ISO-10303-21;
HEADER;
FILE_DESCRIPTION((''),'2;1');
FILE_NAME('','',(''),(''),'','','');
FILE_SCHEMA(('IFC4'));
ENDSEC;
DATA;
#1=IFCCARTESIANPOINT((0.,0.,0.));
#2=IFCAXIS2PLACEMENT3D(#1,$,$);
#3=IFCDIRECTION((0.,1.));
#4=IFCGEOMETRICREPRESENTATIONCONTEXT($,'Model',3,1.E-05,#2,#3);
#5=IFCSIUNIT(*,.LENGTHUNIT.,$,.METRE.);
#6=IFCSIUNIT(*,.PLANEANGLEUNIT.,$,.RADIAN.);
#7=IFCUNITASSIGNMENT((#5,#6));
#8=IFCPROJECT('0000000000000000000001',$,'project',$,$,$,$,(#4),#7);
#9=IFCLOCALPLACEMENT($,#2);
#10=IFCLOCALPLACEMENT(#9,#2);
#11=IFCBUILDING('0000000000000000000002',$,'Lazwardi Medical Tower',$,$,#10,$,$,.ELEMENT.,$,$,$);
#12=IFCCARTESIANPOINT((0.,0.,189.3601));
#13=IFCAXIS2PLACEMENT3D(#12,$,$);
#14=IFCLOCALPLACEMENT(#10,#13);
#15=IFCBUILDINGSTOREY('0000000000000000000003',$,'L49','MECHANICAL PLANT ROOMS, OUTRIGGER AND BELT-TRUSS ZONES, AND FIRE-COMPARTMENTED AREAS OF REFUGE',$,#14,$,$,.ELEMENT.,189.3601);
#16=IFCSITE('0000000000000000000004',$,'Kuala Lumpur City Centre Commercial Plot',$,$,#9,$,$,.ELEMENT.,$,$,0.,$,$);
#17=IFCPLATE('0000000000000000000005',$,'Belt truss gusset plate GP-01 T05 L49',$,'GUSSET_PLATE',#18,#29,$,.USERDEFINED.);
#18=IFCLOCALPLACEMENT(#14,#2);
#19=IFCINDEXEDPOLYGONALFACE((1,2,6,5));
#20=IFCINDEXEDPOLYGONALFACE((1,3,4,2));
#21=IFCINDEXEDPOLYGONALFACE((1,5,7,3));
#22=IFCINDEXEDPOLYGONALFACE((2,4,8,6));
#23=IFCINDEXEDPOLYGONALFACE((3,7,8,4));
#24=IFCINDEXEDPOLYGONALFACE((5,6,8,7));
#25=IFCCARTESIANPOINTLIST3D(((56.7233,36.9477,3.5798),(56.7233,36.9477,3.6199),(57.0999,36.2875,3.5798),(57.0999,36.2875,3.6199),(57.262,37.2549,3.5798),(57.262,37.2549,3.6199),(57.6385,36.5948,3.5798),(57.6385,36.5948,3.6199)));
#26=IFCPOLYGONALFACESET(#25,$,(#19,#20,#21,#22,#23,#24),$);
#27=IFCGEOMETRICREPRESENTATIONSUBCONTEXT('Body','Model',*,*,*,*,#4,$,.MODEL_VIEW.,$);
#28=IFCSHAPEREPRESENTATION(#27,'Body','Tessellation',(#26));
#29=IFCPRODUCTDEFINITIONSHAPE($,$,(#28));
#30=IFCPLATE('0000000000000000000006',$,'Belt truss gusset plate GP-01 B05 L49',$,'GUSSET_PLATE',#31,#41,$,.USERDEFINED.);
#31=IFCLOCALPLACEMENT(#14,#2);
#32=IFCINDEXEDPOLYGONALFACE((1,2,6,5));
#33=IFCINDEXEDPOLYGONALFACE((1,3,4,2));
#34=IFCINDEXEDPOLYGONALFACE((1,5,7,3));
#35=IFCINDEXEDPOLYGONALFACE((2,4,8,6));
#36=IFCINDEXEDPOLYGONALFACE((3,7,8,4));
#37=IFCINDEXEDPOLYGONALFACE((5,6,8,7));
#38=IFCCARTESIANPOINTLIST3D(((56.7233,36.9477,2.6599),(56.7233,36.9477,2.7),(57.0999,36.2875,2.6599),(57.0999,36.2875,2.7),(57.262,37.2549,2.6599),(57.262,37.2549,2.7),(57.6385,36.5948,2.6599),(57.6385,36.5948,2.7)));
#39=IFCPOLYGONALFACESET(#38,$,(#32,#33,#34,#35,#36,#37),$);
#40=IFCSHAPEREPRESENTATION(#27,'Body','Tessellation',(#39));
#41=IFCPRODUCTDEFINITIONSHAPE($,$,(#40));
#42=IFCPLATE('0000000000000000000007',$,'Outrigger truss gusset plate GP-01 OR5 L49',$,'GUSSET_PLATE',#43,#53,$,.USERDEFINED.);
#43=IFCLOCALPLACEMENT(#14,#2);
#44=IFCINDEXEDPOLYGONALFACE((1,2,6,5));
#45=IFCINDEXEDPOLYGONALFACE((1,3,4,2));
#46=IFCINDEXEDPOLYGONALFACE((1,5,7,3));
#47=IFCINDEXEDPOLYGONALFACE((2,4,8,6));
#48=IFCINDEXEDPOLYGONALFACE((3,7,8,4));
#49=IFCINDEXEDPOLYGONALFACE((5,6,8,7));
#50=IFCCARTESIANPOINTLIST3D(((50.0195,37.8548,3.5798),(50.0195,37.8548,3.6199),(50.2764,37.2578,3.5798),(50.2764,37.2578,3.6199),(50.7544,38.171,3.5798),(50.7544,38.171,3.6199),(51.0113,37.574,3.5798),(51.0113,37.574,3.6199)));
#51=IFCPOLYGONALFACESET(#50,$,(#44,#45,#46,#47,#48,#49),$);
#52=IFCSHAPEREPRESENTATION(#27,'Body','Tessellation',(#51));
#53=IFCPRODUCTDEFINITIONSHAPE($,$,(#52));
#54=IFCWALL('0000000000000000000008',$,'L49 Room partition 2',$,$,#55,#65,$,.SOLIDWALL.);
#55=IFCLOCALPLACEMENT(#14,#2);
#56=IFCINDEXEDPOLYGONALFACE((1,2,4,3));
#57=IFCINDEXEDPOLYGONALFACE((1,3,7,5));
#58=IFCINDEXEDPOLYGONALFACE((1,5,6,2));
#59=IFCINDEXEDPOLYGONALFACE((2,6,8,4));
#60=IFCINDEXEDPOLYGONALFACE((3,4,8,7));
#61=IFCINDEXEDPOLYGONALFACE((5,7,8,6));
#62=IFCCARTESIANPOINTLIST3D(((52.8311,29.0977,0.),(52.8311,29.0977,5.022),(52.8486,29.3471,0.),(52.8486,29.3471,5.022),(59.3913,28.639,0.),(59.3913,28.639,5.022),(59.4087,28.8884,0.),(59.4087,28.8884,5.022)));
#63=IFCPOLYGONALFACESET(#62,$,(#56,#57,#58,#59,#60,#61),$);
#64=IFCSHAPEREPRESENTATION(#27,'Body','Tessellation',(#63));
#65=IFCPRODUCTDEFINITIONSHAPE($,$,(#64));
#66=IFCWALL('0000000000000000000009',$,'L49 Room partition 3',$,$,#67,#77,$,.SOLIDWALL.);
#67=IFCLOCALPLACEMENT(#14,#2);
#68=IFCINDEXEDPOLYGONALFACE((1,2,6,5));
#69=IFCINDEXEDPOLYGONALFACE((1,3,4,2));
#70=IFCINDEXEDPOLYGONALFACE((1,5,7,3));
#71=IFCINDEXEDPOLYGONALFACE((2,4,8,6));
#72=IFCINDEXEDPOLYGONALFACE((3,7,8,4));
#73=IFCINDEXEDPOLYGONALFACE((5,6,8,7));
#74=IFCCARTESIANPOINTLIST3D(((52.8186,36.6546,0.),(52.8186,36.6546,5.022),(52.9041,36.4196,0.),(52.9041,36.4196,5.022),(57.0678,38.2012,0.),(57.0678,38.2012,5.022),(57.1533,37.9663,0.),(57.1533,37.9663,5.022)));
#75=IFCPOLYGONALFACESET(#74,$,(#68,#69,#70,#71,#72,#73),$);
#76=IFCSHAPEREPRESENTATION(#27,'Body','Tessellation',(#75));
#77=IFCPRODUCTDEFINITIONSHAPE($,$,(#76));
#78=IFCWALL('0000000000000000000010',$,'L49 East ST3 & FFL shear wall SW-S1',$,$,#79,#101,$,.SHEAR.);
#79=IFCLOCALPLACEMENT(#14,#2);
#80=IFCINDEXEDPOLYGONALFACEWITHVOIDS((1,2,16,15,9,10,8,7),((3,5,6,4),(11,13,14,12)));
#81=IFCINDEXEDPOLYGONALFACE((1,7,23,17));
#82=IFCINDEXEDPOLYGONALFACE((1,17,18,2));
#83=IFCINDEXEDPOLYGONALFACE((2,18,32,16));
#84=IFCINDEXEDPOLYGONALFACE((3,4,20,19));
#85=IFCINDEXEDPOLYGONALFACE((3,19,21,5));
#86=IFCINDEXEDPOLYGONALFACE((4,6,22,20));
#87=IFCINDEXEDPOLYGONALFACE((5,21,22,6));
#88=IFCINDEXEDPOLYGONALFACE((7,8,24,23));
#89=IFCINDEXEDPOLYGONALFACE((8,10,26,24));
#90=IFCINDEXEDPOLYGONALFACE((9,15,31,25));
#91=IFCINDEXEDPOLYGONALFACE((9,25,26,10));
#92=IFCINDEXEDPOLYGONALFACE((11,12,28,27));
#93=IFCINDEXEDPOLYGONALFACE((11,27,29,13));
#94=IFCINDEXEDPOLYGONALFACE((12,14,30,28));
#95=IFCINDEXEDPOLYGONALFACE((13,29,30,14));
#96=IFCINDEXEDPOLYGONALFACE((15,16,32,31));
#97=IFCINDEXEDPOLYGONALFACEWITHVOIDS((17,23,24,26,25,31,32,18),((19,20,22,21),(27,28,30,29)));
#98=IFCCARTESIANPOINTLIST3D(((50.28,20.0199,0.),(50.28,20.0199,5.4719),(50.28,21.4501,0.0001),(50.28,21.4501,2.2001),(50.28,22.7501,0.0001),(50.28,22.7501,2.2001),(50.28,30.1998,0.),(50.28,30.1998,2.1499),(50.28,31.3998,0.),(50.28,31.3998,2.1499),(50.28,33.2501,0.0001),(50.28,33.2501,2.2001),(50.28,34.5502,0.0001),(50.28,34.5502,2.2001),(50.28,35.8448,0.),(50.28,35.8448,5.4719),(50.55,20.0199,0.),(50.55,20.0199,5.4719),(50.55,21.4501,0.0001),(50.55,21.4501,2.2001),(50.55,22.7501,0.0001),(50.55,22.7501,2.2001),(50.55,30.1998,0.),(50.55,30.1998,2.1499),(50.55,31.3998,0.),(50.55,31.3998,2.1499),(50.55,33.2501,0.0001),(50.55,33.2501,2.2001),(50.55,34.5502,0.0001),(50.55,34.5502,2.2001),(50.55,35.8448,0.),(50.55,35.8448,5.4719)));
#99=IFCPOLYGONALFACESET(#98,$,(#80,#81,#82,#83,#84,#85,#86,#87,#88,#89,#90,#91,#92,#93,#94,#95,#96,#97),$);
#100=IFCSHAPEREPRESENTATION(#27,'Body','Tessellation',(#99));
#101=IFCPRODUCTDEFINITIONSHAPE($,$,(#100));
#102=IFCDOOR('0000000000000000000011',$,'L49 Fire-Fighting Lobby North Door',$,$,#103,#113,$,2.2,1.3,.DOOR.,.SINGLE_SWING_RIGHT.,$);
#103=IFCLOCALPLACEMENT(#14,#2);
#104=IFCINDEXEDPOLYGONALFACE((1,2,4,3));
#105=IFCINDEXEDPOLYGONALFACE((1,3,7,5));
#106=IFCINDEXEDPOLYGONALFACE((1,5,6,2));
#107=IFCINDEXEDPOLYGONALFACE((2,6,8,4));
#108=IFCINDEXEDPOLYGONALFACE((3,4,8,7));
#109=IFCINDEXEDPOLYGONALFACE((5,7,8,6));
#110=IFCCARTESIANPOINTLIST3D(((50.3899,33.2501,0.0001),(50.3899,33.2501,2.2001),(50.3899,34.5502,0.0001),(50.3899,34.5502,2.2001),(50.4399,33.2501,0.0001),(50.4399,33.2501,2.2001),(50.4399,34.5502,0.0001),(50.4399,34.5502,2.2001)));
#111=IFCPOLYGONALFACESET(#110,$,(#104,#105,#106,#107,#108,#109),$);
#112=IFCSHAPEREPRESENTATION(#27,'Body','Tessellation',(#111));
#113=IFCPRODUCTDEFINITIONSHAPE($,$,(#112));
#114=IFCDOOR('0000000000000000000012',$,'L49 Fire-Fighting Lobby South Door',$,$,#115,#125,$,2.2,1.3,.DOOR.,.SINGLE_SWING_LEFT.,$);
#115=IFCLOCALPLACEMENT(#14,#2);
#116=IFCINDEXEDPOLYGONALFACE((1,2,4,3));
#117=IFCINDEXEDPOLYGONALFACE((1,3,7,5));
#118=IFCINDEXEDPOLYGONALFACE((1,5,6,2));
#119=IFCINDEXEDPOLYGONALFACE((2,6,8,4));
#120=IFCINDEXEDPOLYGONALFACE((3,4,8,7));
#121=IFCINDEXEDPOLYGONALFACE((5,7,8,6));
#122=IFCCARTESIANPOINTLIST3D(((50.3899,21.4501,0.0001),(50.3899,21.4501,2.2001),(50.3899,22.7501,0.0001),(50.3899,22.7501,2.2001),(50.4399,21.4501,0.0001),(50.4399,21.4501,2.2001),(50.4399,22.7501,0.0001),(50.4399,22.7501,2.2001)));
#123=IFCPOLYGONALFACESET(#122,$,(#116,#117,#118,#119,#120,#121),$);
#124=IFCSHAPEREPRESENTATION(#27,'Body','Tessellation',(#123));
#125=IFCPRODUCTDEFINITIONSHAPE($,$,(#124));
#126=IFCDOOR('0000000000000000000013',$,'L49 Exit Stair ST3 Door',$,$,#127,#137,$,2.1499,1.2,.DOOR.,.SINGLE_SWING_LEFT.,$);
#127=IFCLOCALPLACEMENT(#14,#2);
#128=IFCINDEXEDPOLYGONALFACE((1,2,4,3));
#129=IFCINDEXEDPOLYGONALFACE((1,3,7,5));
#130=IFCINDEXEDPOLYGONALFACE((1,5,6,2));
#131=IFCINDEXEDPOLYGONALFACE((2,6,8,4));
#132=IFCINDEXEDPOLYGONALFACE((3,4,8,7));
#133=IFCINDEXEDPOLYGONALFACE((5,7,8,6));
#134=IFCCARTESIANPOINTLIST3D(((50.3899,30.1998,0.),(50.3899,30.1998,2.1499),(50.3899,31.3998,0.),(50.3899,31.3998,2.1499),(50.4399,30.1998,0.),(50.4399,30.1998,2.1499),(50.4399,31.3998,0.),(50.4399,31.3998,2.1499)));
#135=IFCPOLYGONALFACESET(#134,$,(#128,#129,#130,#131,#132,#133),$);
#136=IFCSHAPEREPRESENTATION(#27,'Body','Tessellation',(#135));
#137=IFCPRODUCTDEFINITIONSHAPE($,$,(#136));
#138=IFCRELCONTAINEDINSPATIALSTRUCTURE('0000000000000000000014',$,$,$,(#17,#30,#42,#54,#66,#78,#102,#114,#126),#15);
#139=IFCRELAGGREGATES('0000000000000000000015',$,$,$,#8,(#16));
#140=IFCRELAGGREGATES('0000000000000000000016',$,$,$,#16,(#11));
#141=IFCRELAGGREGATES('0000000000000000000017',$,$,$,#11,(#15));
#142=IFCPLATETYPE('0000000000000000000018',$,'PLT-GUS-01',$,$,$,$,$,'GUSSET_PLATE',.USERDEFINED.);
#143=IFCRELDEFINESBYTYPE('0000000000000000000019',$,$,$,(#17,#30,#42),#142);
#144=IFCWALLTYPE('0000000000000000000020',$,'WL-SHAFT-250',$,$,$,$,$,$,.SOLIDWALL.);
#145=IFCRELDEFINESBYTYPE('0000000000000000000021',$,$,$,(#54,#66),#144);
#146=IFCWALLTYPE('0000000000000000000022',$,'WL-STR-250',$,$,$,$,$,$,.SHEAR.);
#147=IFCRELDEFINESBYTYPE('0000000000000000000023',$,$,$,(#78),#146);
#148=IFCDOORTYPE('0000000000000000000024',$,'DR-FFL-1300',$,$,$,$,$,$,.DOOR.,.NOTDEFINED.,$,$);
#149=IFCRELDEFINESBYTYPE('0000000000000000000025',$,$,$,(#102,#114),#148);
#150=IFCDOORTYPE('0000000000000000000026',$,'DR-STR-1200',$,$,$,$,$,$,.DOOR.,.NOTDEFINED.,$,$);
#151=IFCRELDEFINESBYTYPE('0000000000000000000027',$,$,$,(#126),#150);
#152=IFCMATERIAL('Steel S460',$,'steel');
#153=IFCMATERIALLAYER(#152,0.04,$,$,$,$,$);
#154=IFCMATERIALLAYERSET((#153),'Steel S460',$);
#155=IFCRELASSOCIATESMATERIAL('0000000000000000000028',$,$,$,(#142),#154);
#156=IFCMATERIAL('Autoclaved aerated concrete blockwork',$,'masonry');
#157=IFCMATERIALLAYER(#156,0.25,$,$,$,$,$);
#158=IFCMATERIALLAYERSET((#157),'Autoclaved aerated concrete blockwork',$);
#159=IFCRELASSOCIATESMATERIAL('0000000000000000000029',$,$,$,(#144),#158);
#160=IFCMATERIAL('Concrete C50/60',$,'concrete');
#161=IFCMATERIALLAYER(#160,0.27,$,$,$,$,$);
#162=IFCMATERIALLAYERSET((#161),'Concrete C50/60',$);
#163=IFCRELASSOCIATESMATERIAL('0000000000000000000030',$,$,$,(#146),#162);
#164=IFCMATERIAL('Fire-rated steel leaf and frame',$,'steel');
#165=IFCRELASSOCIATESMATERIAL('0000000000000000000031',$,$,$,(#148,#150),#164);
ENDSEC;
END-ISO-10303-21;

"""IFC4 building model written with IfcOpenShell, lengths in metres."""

from ifc_helpers import new_model, si_unit, direction, frame, frame_2d, origin, origin_2d, place, context, subcontext, project, spatial, rectangle, extrude, material, layer, layer_set, type_object, element, fill, save


model = new_model("IFC4")

# Units and contexts
model_context = context("Model", 3, precision=1e-05, world=origin(), true_north=direction((0.0, 1.0)))
body_context = subcontext(model_context, "Body", "Model", "MODEL_VIEW")
ifc_project = project(units=[si_unit("LENGTHUNIT", "METRE"), si_unit("PLANEANGLEUNIT", "RADIAN")], contexts=[model_context])

# Site, building, storey
site_placement = place(None, origin())
site = spatial("IfcSite", under=ifc_project, at=site_placement, Name="Kuala Lumpur City Centre Commercial Plot", CompositionType="ELEMENT", RefElevation=0.0)
building_placement = place(site_placement, origin())
building = spatial("IfcBuilding", under=site, at=building_placement, Name="Lazwardi Medical Tower", CompositionType="ELEMENT")
storey_placement = place(building_placement, frame((0.0, 0.0, 189.3601)))
storey = spatial("IfcBuildingStorey", under=building, at=storey_placement, Name="L49", Description="MECHANICAL PLANT ROOMS, OUTRIGGER AND BELT-TRUSS ZONES, AND FIRE-COMPARTMENTED AREAS OF REFUGE", CompositionType="ELEMENT", Elevation=189.3601)

# Shared definitions
ifc_material_1 = material(Name="Steel S460", Category="steel")

# Plates
ifc_layer_1 = layer(ifc_material_1, 0.04)
ifc_layer_set_1 = layer_set([ifc_layer_1], Name="Steel S460")
plate_type = type_object("IfcPlateType", Name="PLT-GUS-01", ElementType="GUSSET_PLATE", PredefinedType="USERDEFINED", material=ifc_layer_set_1)
for number, where, z_axis, x_axis, name in (
    (1, (57.1809, 36.7712, 3.5798), (0.0, 0.0, 1.0), (-0.495459, 0.868632, 0.0), "Belt truss gusset plate GP-01 T05 L49"),
    (2, (57.1809, 36.7712, 2.6599), (0.0, 0.0, 1.0), (-0.495459, 0.868632, 0.0), "Belt truss gusset plate GP-01 B05 L49"),
):
    element("IfcPlate", number, at=place(storey_placement, frame(where, z_axis=z_axis, x_axis=x_axis)), inside=storey, type_object=plate_type, Name=name, ObjectType="GUSSET_PLATE", PredefinedType="USERDEFINED", context=body_context, shape_type="SweptSolid", body=[
        extrude(rectangle(XDim=0.76, YDim=0.6201, at=origin_2d()), origin(), (0.0, 0.0, 1.0), 0.04),
    ])
plate_placement = place(storey_placement, frame((50.5154, 37.7144, 3.5798), z_axis=(0.0, 0.0, 1.0), x_axis=(0.918584, 0.395225, 0.0)))
element("IfcPlate", 3, at=plate_placement, inside=storey, type_object=plate_type, Name="Outrigger truss gusset plate GP-01 OR5 L49", ObjectType="GUSSET_PLATE", PredefinedType="USERDEFINED", context=body_context, shape_type="SweptSolid", body=[
    extrude(rectangle(XDim=0.8, YDim=0.6499, at=origin_2d()), origin(), (0.0, 0.0, 1.0), 0.04),
])

# Walls
ifc_material_2 = material(Name="Autoclaved aerated concrete blockwork", Category="masonry")
ifc_layer_2 = layer(ifc_material_2, 0.25)
ifc_layer_set_2 = layer_set([ifc_layer_2], Name="Autoclaved aerated concrete blockwork")
wall_type_1 = type_object("IfcWallType", Name="WL-SHAFT-250", PredefinedType="SOLIDWALL", material=ifc_layer_set_2)
wall_1_placement = place(storey_placement, frame((52.8398, 29.2224, 0.0), z_axis=(0.0, 0.0, 1.0), x_axis=(0.997564, -0.069759, 0.0)))
element("IfcWall", 4, at=wall_1_placement, inside=storey, type_object=wall_type_1, Name="L49 Room partition 2", PredefinedType="SOLIDWALL", context=body_context, shape_type="SweptSolid", body=[
    extrude(rectangle(XDim=6.5762, YDim=0.25, at=frame_2d((3.2881, 0.0))), origin(), (0.0, 0.0, 1.0), 5.022),
])
wall_2_placement = place(storey_placement, frame((52.8613, 36.5371, 0.0), z_axis=(0.0, 0.0, 1.0), x_axis=(0.939691, 0.342025, 0.0)))
element("IfcWall", 5, at=wall_2_placement, inside=storey, type_object=wall_type_1, Name="L49 Room partition 3", PredefinedType="SOLIDWALL", context=body_context, shape_type="SweptSolid", body=[
    extrude(rectangle(XDim=4.522, YDim=0.25, at=frame_2d((2.261, 0.0))), origin(), (0.0, 0.0, 1.0), 5.022),
])

# Wall, openings, doors
ifc_material_3 = material(Name="Concrete C50/60", Category="concrete")
ifc_layer_3 = layer(ifc_material_3, 0.27)
ifc_layer_set_3 = layer_set([ifc_layer_3], Name="Concrete C50/60")
wall_type_2 = type_object("IfcWallType", Name="WL-STR-250", PredefinedType="SHEAR", material=ifc_layer_set_3)
wall_3_placement = place(storey_placement, frame((50.415, 35.845, 0.0), z_axis=(0.0, 0.0, 1.0), x_axis=(0.0, -1.0, 0.0)))
wall_3 = element("IfcWall", 6, at=wall_3_placement, inside=storey, type_object=wall_type_2, Name="L49 East ST3 & FFL shear wall SW-S1", PredefinedType="SHEAR", context=body_context, shape_type="SweptSolid", body=[
    extrude(rectangle(XDim=15.825, YDim=0.27, at=frame_2d((7.9126, 0.0))), origin(), (0.0, 0.0, 1.0), 5.4719),
])
opening_1_placement = place(wall_3_placement, frame((4.4451, 0.0, 0.0)))
opening_1 = element("IfcOpeningElement", 7, at=opening_1_placement, cuts=wall_3, PredefinedType="OPENING", context=body_context, shape_type="SweptSolid", body=[
    extrude(rectangle(XDim=1.2, YDim=2.1499, at=frame_2d((0.6001, 1.075))), frame((0.0, 0.145, 0.0), z_axis=(0.0, -1.0, 0.0), x_axis=(1.0, 0.0, 0.0)), (0.0, 0.0, 1.0), 0.29),
])
opening_2_placement = place(wall_3_placement, frame((1.2949, 0.0, 0.0)))
opening_2 = element("IfcOpeningElement", 8, at=opening_2_placement, cuts=wall_3, PredefinedType="OPENING", context=body_context, shape_type="SweptSolid", body=[
    extrude(rectangle(XDim=1.3, YDim=2.2, at=frame_2d((0.6499, 1.1001))), frame((0.0, 0.145, 0.0), z_axis=(0.0, -1.0, 0.0), x_axis=(1.0, 0.0, 0.0)), (0.0, 0.0, 1.0), 0.29),
])
opening_3_placement = place(wall_3_placement, frame((13.095, 0.0, 0.0)))
opening_3 = element("IfcOpeningElement", 9, at=opening_3_placement, cuts=wall_3, PredefinedType="OPENING", context=body_context, shape_type="SweptSolid", body=[
    extrude(rectangle(XDim=1.3, YDim=2.2, at=frame_2d((0.6499, 1.1001))), frame((0.0, 0.145, 0.0), z_axis=(0.0, -1.0, 0.0), x_axis=(1.0, 0.0, 0.0)), (0.0, 0.0, 1.0), 0.29),
])
ifc_material_4 = material(Name="Fire-rated steel leaf and frame", Category="steel")
door_type_1 = type_object("IfcDoorType", Name="DR-FFL-1300", OperationType="NOTDEFINED", PredefinedType="DOOR", material=ifc_material_4)
door_1_placement = place(opening_2_placement, origin())
door_1 = element("IfcDoor", 10, at=door_1_placement, inside=storey, type_object=door_type_1, Name="L49 Fire-Fighting Lobby North Door", OperationType="SINGLE_SWING_RIGHT", OverallHeight=2.2, OverallWidth=1.3, PredefinedType="DOOR", context=body_context, shape_type="SweptSolid", body=[
    extrude(rectangle(XDim=1.3, YDim=2.2, at=frame_2d((0.6499, 1.1001))), frame((0.0, 0.0249, 0.0), z_axis=(0.0, -1.0, 0.0), x_axis=(1.0, 0.0, 0.0)), (0.0, 0.0, 1.0), 0.05),
])
fill(opening_2, door_1)
door_2_placement = place(opening_3_placement, origin())
door_2 = element("IfcDoor", 11, at=door_2_placement, inside=storey, type_object=door_type_1, Name="L49 Fire-Fighting Lobby South Door", OperationType="SINGLE_SWING_LEFT", OverallHeight=2.2, OverallWidth=1.3, PredefinedType="DOOR", context=body_context, shape_type="SweptSolid", body=[
    extrude(rectangle(XDim=1.3, YDim=2.2, at=frame_2d((0.6499, 1.1001))), frame((0.0, 0.0249, 0.0), z_axis=(0.0, -1.0, 0.0), x_axis=(1.0, 0.0, 0.0)), (0.0, 0.0, 1.0), 0.05),
])
fill(opening_3, door_2)
door_type_2 = type_object("IfcDoorType", Name="DR-STR-1200", OperationType="NOTDEFINED", PredefinedType="DOOR", material=ifc_material_4)
door_3_placement = place(opening_1_placement, origin())
door_3 = element("IfcDoor", 12, at=door_3_placement, inside=storey, type_object=door_type_2, Name="L49 Exit Stair ST3 Door", OperationType="SINGLE_SWING_LEFT", OverallHeight=2.1499, OverallWidth=1.2, PredefinedType="DOOR", context=body_context, shape_type="SweptSolid", body=[
    extrude(rectangle(XDim=1.2, YDim=2.1499, at=frame_2d((0.6001, 1.075))), frame((0.0, 0.0249, 0.0), z_axis=(0.0, -1.0, 0.0), x_axis=(1.0, 0.0, 0.0)), (0.0, 0.0, 1.0), 0.05),
])
fill(opening_1, door_3)

save(model, "model.ifc")
